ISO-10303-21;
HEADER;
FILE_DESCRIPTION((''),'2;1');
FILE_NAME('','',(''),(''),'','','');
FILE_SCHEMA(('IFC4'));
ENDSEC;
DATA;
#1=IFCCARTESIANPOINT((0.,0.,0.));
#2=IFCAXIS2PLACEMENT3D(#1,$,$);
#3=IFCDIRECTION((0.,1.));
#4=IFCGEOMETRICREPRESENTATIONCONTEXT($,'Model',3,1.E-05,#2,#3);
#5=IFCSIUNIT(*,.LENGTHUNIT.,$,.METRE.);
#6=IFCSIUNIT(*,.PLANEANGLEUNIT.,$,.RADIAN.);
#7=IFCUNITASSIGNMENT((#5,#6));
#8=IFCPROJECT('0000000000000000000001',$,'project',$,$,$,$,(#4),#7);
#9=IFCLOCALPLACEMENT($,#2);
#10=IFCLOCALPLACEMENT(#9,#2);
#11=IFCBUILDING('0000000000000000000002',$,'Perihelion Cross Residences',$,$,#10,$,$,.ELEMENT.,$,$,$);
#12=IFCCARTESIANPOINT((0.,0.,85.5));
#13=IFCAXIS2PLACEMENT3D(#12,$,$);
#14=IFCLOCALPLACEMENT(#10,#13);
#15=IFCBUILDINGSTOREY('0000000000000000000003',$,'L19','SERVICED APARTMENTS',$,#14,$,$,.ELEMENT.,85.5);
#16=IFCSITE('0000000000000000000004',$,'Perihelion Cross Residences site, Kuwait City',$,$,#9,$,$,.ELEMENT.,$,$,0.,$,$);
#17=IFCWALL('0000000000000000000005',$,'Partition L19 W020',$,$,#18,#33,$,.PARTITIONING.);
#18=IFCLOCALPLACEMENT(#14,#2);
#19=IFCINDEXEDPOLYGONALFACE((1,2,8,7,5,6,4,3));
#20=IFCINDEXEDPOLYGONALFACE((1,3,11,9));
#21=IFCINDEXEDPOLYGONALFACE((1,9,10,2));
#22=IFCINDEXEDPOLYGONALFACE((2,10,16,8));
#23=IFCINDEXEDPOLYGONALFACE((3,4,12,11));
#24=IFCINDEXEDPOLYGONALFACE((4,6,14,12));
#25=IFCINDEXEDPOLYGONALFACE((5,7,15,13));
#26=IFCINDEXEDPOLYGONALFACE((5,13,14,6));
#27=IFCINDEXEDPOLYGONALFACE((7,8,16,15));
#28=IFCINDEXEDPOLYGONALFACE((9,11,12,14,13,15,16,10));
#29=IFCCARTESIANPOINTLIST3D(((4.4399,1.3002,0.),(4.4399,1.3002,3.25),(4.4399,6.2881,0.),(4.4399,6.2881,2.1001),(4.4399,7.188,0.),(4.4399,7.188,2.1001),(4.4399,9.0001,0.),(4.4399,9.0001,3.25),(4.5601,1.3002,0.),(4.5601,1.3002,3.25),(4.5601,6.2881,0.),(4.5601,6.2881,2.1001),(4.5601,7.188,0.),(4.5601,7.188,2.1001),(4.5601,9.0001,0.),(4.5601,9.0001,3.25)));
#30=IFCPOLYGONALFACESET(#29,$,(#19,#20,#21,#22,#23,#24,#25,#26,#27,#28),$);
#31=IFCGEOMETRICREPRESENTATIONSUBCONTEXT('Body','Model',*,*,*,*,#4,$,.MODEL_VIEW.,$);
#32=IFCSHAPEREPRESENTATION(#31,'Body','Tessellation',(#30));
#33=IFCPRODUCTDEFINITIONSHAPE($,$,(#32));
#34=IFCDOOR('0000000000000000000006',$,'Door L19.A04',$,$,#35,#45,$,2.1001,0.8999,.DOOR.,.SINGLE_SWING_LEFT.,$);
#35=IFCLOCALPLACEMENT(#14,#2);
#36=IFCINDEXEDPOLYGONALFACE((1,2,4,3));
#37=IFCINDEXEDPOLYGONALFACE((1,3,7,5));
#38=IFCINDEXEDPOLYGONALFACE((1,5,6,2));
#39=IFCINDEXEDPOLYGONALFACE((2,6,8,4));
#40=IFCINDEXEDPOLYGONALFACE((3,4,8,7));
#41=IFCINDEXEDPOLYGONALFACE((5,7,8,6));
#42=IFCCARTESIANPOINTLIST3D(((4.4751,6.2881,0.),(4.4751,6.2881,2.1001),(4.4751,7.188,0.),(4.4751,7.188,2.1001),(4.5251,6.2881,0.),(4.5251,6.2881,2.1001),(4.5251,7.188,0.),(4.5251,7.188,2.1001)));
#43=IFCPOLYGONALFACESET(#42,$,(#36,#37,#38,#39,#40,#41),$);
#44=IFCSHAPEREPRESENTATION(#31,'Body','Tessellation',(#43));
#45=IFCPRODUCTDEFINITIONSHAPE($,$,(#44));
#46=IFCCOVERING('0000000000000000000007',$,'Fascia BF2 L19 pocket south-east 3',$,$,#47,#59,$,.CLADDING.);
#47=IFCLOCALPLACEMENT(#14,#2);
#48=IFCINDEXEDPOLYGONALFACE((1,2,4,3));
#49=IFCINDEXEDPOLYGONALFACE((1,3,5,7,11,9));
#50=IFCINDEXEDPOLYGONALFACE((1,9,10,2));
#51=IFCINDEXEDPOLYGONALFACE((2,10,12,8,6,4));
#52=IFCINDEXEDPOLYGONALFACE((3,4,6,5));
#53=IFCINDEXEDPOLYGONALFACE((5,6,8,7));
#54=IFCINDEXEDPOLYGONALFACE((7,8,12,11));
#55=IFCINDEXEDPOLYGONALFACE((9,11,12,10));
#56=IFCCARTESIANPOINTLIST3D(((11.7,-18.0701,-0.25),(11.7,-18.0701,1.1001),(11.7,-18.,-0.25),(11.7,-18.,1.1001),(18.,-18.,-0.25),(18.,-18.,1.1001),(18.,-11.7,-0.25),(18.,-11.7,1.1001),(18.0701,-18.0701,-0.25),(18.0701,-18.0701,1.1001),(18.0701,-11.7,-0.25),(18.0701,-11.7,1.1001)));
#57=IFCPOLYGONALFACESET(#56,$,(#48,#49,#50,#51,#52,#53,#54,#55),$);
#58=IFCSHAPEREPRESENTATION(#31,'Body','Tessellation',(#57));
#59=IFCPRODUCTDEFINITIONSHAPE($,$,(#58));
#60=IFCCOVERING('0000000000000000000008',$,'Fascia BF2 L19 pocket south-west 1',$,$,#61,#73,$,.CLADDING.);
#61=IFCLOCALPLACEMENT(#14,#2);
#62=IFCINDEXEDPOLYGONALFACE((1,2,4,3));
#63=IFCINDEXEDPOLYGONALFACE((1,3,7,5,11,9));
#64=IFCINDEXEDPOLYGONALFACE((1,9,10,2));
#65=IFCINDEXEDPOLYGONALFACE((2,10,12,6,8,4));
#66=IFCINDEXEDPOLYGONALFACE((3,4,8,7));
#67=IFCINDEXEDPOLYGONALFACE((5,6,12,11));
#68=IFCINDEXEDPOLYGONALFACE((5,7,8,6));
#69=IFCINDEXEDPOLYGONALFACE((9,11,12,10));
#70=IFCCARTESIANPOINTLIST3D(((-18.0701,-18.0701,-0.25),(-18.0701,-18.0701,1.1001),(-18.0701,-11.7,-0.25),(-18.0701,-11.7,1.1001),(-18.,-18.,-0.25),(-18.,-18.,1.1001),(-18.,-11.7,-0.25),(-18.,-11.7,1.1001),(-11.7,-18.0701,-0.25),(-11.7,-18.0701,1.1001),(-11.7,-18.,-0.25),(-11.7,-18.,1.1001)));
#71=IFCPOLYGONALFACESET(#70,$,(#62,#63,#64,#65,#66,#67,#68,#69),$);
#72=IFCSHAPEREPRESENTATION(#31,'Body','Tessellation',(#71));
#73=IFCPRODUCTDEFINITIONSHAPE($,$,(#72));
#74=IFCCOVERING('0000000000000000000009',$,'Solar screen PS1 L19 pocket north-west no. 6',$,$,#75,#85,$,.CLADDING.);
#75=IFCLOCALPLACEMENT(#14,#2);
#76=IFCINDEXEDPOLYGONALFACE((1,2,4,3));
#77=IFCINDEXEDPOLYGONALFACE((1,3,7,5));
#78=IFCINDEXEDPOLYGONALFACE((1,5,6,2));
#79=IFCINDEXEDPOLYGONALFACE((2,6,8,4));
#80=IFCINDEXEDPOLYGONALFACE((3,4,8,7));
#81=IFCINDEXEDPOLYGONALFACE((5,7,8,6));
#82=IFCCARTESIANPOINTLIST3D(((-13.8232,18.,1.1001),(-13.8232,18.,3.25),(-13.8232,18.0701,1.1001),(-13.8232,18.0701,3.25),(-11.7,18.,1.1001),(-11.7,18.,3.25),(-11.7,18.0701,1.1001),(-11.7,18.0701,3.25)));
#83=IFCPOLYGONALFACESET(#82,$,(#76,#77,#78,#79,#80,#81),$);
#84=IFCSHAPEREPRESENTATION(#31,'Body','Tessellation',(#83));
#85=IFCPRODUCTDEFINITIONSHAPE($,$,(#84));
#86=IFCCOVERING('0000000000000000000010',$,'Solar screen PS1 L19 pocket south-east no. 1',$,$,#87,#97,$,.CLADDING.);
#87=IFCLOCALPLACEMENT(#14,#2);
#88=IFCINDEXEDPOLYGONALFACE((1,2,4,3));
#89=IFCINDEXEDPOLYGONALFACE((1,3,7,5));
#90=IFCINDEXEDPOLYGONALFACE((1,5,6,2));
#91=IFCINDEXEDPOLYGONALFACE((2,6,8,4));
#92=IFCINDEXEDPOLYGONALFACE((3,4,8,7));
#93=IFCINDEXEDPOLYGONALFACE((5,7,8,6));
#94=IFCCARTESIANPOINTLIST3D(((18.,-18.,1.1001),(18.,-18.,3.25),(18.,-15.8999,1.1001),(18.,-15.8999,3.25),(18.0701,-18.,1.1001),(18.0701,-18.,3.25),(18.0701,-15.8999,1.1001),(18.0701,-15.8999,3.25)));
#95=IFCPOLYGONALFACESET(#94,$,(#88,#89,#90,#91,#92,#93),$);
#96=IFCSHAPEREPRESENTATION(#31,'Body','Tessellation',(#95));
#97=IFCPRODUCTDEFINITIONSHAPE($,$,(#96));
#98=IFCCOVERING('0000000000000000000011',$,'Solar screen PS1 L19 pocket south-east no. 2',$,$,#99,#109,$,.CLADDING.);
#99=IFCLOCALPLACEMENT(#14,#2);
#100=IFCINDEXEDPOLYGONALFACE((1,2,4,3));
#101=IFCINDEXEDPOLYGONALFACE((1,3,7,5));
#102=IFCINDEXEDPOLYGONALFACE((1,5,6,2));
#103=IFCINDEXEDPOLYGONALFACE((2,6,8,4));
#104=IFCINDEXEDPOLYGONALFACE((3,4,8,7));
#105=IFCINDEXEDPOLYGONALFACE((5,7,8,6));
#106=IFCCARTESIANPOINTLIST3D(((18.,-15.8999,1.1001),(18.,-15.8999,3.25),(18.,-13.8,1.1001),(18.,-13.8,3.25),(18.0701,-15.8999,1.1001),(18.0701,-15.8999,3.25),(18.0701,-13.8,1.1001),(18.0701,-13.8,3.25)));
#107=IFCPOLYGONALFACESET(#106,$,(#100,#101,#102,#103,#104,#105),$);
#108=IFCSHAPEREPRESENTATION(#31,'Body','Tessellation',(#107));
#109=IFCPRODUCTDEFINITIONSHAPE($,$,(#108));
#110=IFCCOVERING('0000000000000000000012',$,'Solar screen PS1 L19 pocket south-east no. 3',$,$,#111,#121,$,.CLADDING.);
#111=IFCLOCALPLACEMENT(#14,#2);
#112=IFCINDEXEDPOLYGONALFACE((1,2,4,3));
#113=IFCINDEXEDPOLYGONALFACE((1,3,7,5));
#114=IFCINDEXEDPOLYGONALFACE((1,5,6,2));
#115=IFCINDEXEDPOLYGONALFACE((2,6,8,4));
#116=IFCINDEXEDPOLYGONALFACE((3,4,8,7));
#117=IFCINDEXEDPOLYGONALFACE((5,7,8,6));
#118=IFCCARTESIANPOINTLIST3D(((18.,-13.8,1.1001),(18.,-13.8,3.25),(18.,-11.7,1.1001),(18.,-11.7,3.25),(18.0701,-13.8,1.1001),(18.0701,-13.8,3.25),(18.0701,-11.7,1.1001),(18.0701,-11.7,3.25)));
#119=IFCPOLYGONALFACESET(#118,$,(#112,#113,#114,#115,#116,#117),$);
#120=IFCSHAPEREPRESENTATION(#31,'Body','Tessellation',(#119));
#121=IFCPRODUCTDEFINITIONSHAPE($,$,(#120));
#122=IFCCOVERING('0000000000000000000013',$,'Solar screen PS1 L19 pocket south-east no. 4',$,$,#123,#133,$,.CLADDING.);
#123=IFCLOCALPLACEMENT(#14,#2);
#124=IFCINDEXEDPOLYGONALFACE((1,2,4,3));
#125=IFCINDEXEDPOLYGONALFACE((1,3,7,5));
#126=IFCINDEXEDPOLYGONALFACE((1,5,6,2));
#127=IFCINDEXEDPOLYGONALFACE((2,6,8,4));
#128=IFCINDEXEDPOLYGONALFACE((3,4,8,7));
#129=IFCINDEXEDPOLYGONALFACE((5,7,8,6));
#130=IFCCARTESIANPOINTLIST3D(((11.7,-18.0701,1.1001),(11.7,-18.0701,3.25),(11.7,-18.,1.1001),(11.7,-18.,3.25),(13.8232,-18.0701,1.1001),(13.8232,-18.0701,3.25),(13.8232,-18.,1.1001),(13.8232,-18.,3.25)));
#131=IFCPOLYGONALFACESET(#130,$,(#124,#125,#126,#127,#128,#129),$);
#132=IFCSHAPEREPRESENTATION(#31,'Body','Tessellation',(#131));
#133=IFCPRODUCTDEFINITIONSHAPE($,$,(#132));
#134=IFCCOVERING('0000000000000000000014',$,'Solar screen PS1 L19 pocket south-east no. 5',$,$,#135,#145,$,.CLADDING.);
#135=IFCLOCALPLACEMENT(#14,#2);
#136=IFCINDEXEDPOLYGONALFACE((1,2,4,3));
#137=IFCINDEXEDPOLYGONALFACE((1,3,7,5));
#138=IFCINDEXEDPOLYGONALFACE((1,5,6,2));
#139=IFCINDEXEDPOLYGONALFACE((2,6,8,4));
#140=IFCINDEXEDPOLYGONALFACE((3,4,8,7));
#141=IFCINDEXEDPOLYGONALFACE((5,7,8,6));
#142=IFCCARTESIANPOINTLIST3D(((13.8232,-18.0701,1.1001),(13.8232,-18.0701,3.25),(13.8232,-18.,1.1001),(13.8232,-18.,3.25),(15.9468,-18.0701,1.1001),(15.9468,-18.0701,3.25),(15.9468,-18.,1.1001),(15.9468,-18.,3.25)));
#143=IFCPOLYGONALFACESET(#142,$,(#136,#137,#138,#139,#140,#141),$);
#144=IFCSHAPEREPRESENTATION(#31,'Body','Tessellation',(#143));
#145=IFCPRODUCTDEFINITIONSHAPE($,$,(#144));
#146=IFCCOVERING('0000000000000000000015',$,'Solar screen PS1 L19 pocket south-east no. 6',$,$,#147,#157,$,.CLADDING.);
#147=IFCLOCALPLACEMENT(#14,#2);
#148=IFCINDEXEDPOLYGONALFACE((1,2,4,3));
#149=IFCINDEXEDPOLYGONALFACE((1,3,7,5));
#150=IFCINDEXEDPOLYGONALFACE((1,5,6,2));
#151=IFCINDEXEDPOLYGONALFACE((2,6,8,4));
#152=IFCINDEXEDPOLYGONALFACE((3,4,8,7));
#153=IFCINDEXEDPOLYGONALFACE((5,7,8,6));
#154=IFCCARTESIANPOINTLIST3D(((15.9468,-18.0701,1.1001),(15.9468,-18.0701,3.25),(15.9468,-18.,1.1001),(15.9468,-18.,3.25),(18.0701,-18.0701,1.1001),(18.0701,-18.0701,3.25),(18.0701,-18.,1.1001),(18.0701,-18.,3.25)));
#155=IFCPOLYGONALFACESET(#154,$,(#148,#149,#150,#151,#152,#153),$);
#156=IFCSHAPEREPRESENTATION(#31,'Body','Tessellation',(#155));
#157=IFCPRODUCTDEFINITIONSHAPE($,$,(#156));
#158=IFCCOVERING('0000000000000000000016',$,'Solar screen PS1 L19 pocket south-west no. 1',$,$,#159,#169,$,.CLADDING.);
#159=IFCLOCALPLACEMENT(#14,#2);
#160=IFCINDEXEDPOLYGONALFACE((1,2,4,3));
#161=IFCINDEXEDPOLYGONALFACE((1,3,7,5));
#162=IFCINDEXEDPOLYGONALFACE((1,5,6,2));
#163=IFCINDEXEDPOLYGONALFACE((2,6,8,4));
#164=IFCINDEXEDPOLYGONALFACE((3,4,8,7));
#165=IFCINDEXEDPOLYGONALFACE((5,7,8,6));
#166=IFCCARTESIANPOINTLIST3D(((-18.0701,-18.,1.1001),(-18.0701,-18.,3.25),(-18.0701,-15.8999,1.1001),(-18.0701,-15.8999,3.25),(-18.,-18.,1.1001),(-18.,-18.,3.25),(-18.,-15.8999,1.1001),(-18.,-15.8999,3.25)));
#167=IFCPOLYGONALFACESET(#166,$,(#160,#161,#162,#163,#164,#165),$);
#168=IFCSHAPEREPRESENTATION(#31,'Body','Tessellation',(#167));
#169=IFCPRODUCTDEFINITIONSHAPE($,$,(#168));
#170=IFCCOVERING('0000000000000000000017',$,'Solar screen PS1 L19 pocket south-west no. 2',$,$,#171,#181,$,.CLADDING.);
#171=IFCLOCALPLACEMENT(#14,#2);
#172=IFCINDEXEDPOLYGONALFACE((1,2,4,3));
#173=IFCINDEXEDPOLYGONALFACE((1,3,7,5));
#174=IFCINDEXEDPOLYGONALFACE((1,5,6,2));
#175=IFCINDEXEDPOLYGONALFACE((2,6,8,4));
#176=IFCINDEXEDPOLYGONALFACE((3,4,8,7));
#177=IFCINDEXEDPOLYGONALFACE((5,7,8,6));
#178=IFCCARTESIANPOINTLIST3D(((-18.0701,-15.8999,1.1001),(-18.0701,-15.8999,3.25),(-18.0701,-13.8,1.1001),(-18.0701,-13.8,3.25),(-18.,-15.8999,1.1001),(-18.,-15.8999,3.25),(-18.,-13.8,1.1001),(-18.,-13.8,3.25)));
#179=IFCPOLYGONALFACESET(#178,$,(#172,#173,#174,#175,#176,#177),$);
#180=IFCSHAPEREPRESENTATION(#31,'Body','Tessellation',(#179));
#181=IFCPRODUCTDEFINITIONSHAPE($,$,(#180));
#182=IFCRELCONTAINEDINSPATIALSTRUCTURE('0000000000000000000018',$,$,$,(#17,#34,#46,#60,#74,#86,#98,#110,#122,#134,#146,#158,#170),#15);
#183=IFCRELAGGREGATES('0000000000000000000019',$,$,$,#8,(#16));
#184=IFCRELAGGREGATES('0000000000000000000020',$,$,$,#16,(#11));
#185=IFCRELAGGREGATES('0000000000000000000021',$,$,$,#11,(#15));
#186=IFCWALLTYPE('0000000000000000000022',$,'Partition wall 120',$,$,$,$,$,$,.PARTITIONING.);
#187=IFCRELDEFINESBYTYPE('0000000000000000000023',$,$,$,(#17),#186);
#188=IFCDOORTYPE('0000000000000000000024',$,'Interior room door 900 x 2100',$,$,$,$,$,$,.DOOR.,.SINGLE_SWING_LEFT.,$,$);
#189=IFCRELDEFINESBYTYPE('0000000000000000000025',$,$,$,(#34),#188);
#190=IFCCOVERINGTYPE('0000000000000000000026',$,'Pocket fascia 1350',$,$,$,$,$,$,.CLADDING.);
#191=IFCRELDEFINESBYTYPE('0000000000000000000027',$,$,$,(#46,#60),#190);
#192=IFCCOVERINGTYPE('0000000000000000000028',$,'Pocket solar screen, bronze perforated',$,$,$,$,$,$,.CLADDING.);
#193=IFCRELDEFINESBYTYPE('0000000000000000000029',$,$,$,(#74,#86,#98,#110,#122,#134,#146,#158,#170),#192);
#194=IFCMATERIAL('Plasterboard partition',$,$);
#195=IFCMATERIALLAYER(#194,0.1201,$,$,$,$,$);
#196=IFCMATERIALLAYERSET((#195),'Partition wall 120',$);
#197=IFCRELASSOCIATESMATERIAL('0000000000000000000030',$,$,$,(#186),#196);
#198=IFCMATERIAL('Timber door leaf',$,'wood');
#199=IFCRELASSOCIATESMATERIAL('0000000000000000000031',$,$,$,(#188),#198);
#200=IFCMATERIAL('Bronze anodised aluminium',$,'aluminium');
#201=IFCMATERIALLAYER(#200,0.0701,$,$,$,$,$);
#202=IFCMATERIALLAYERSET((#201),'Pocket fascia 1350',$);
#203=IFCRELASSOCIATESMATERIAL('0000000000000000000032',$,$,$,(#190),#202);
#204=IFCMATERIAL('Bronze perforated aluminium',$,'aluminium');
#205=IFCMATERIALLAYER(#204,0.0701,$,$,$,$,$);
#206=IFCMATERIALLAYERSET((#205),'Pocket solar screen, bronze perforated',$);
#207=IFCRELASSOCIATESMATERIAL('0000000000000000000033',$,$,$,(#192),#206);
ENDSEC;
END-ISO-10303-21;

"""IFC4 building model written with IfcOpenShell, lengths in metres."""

from ifc_helpers import new_model, si_unit, direction, frame, frame_2d, origin, place, context, subcontext, project, spatial, polyline, rectangle, outline, extrude, material, layer, layer_set, type_object, element, fill, save


model = new_model("IFC4")

# Units and contexts
model_context = context("Model", 3, precision=1e-05, world=origin(), true_north=direction((0.0, 1.0)))
body_context = subcontext(model_context, "Body", "Model", "MODEL_VIEW")
ifc_project = project(units=[si_unit("LENGTHUNIT", "METRE"), si_unit("PLANEANGLEUNIT", "RADIAN")], contexts=[model_context])

# Site, building, storey
site_placement = place(None, origin())
site = spatial("IfcSite", under=ifc_project, at=site_placement, Name="Perihelion Cross Residences site, Kuwait City", CompositionType="ELEMENT", RefElevation=0.0)
building_placement = place(site_placement, origin())
building = spatial("IfcBuilding", under=site, at=building_placement, Name="Perihelion Cross Residences", CompositionType="ELEMENT")
storey_placement = place(building_placement, frame((0.0, 0.0, 85.5)))
storey = spatial("IfcBuildingStorey", under=building, at=storey_placement, Name="L19", Description="SERVICED APARTMENTS", CompositionType="ELEMENT", Elevation=85.5)

# Wall, opening, door
ifc_material_1 = material(Name="Plasterboard partition")
ifc_layer_1 = layer(ifc_material_1, 0.1201)
ifc_layer_set_1 = layer_set([ifc_layer_1], Name="Partition wall 120")
wall_type_1 = type_object("IfcWallType", Name="Partition wall 120", PredefinedType="PARTITIONING", material=ifc_layer_set_1)
ifc_material_2 = material(Name="Timber door leaf", Category="wood")
door_type_1 = type_object("IfcDoorType", Name="Interior room door 900 x 2100", OperationType="SINGLE_SWING_LEFT", PredefinedType="DOOR", material=ifc_material_2)
wall_1_placement = place(storey_placement, frame((4.5, 1.3, 0.0), z_axis=(0.0, 0.0, 1.0), x_axis=(0.0, 1.0, 0.0)))
wall_1 = element("IfcWall", 1, at=wall_1_placement, inside=storey, type_object=wall_type_1, Name="Partition L19 W020", PredefinedType="PARTITIONING", context=body_context, shape_type="SweptSolid", body=[
    extrude(rectangle(XDim=7.7, YDim=0.1201, at=frame_2d((3.8501, 0.0))), origin(), (0.0, 0.0, 1.0), 3.25),
])
opening_1_placement = place(wall_1_placement, frame((4.988, 0.0, 0.0)))
opening_1 = element("IfcOpeningElement", 2, at=opening_1_placement, cuts=wall_1, PredefinedType="OPENING", context=body_context, shape_type="SweptSolid", body=[
    extrude(rectangle(XDim=0.8999, YDim=2.1001, at=frame_2d((0.45, 1.05))), frame((0.0, 0.0701, 0.0), z_axis=(0.0, -1.0, 0.0), x_axis=(1.0, 0.0, 0.0)), (0.0, 0.0, 1.0), 0.1401),
])
door_1_placement = place(opening_1_placement, origin())
door_1 = element("IfcDoor", 3, at=door_1_placement, inside=storey, type_object=door_type_1, Name="Door L19.A04", OperationType="SINGLE_SWING_LEFT", OverallHeight=2.1001, OverallWidth=0.8999, PredefinedType="DOOR", context=body_context, shape_type="SweptSolid", body=[
    extrude(rectangle(XDim=0.8999, YDim=2.1001, at=frame_2d((0.45, 1.05))), frame((0.0, 0.0249, 0.0), z_axis=(0.0, -1.0, 0.0), x_axis=(1.0, 0.0, 0.0)), (0.0, 0.0, 1.0), 0.05),
])
fill(opening_1, door_1)

# Coverings
ifc_material_3 = material(Name="Bronze anodised aluminium", Category="aluminium")
ifc_layer_2 = layer(ifc_material_3, 0.0701)
ifc_layer_set_2 = layer_set([ifc_layer_2], Name="Pocket fascia 1350")
covering_type_1 = type_object("IfcCoveringType", Name="Pocket fascia 1350", PredefinedType="CLADDING", material=ifc_layer_set_2)
covering_1_placement = place(storey_placement, frame((0.0, 0.0, -0.25)))
element("IfcCovering", 4, at=covering_1_placement, inside=storey, type_object=covering_type_1, Name="Fascia BF2 L19 pocket south-east 3", PredefinedType="CLADDING", context=body_context, shape_type="SweptSolid", body=[
    extrude(outline(polyline([(18.0701, -18.0701), (18.0701, -11.7), (18.0, -11.7), (18.0, -18.0), (11.7, -18.0), (11.7, -18.0701), (18.0701, -18.0701)])), origin(), (0.0, 0.0, 1.0), 1.3501),
])
covering_2_placement = place(storey_placement, frame((0.0, 0.0, -0.25)))
element("IfcCovering", 5, at=covering_2_placement, inside=storey, type_object=covering_type_1, Name="Fascia BF2 L19 pocket south-west 1", PredefinedType="CLADDING", context=body_context, shape_type="SweptSolid", body=[
    extrude(outline(polyline([(-18.0701, -11.7), (-18.0701, -18.0701), (-11.7, -18.0701), (-11.7, -18.0), (-18.0, -18.0), (-18.0, -11.7), (-18.0701, -11.7)])), origin(), (0.0, 0.0, 1.0), 1.3501),
])
ifc_material_4 = material(Name="Bronze perforated aluminium", Category="aluminium")
ifc_layer_3 = layer(ifc_material_4, 0.0701)
ifc_layer_set_3 = layer_set([ifc_layer_3], Name="Pocket solar screen, bronze perforated")
covering_type_2 = type_object("IfcCoveringType", Name="Pocket solar screen, bronze perforated", PredefinedType="CLADDING", material=ifc_layer_set_3)
covering_3_placement = place(storey_placement, frame((0.0, 0.0, 1.1001)))
element("IfcCovering", 6, at=covering_3_placement, inside=storey, type_object=covering_type_2, Name="Solar screen PS1 L19 pocket north-west no. 6", PredefinedType="CLADDING", context=body_context, shape_type="SweptSolid", body=[
    extrude(outline(polyline([(-11.7, 18.0), (-11.7, 18.0701), (-13.8232, 18.0701), (-13.8232, 18.0), (-11.7, 18.0)])), origin(), (0.0, 0.0, 1.0), 2.1499),
])
covering_4_placement = place(storey_placement, frame((0.0, 0.0, 1.1001)))
element("IfcCovering", 7, at=covering_4_placement, inside=storey, type_object=covering_type_2, Name="Solar screen PS1 L19 pocket south-east no. 1", PredefinedType="CLADDING", context=body_context, shape_type="SweptSolid", body=[
    extrude(outline(polyline([(18.0701, -18.0), (18.0701, -15.8999), (18.0, -15.8999), (18.0, -18.0), (18.0701, -18.0)])), origin(), (0.0, 0.0, 1.0), 2.1499),
])
covering_5_placement = place(storey_placement, frame((0.0, 0.0, 1.1001)))
element("IfcCovering", 8, at=covering_5_placement, inside=storey, type_object=covering_type_2, Name="Solar screen PS1 L19 pocket south-east no. 2", PredefinedType="CLADDING", context=body_context, shape_type="SweptSolid", body=[
    extrude(outline(polyline([(18.0701, -15.8999), (18.0701, -13.8), (18.0, -13.8), (18.0, -15.8999), (18.0701, -15.8999)])), origin(), (0.0, 0.0, 1.0), 2.1499),
])
covering_6_placement = place(storey_placement, frame((0.0, 0.0, 1.1001)))
element("IfcCovering", 9, at=covering_6_placement, inside=storey, type_object=covering_type_2, Name="Solar screen PS1 L19 pocket south-east no. 3", PredefinedType="CLADDING", context=body_context, shape_type="SweptSolid", body=[
    extrude(outline(polyline([(18.0701, -13.8), (18.0701, -11.7), (18.0, -11.7), (18.0, -13.8), (18.0701, -13.8)])), origin(), (0.0, 0.0, 1.0), 2.1499),
])
covering_7_placement = place(storey_placement, frame((0.0, 0.0, 1.1001)))
element("IfcCovering", 10, at=covering_7_placement, inside=storey, type_object=covering_type_2, Name="Solar screen PS1 L19 pocket south-east no. 4", PredefinedType="CLADDING", context=body_context, shape_type="SweptSolid", body=[
    extrude(outline(polyline([(13.8232, -18.0701), (13.8232, -18.0), (11.7, -18.0), (11.7, -18.0701), (13.8232, -18.0701)])), origin(), (0.0, 0.0, 1.0), 2.1499),
])
covering_8_placement = place(storey_placement, frame((0.0, 0.0, 1.1001)))
element("IfcCovering", 11, at=covering_8_placement, inside=storey, type_object=covering_type_2, Name="Solar screen PS1 L19 pocket south-east no. 5", PredefinedType="CLADDING", context=body_context, shape_type="SweptSolid", body=[
    extrude(outline(polyline([(15.9468, -18.0701), (15.9468, -18.0), (13.8232, -18.0), (13.8232, -18.0701), (15.9468, -18.0701)])), origin(), (0.0, 0.0, 1.0), 2.1499),
])
covering_9_placement = place(storey_placement, frame((0.0, 0.0, 1.1001)))
element("IfcCovering", 12, at=covering_9_placement, inside=storey, type_object=covering_type_2, Name="Solar screen PS1 L19 pocket south-east no. 6", PredefinedType="CLADDING", context=body_context, shape_type="SweptSolid", body=[
    extrude(outline(polyline([(18.0701, -18.0701), (18.0701, -18.0), (15.9468, -18.0), (15.9468, -18.0701), (18.0701, -18.0701)])), origin(), (0.0, 0.0, 1.0), 2.1499),
])
covering_10_placement = place(storey_placement, frame((0.0, 0.0, 1.1001)))
element("IfcCovering", 13, at=covering_10_placement, inside=storey, type_object=covering_type_2, Name="Solar screen PS1 L19 pocket south-west no. 1", PredefinedType="CLADDING", context=body_context, shape_type="SweptSolid", body=[
    extrude(outline(polyline([(-18.0, -18.0), (-18.0, -15.8999), (-18.0701, -15.8999), (-18.0701, -18.0), (-18.0, -18.0)])), origin(), (0.0, 0.0, 1.0), 2.1499),
])
covering_11_placement = place(storey_placement, frame((0.0, 0.0, 1.1001)))
element("IfcCovering", 14, at=covering_11_placement, inside=storey, type_object=covering_type_2, Name="Solar screen PS1 L19 pocket south-west no. 2", PredefinedType="CLADDING", context=body_context, shape_type="SweptSolid", body=[
    extrude(outline(polyline([(-18.0, -15.8999), (-18.0, -13.8), (-18.0701, -13.8), (-18.0701, -15.8999), (-18.0, -15.8999)])), origin(), (0.0, 0.0, 1.0), 2.1499),
])

save(model, "model.ifc")
